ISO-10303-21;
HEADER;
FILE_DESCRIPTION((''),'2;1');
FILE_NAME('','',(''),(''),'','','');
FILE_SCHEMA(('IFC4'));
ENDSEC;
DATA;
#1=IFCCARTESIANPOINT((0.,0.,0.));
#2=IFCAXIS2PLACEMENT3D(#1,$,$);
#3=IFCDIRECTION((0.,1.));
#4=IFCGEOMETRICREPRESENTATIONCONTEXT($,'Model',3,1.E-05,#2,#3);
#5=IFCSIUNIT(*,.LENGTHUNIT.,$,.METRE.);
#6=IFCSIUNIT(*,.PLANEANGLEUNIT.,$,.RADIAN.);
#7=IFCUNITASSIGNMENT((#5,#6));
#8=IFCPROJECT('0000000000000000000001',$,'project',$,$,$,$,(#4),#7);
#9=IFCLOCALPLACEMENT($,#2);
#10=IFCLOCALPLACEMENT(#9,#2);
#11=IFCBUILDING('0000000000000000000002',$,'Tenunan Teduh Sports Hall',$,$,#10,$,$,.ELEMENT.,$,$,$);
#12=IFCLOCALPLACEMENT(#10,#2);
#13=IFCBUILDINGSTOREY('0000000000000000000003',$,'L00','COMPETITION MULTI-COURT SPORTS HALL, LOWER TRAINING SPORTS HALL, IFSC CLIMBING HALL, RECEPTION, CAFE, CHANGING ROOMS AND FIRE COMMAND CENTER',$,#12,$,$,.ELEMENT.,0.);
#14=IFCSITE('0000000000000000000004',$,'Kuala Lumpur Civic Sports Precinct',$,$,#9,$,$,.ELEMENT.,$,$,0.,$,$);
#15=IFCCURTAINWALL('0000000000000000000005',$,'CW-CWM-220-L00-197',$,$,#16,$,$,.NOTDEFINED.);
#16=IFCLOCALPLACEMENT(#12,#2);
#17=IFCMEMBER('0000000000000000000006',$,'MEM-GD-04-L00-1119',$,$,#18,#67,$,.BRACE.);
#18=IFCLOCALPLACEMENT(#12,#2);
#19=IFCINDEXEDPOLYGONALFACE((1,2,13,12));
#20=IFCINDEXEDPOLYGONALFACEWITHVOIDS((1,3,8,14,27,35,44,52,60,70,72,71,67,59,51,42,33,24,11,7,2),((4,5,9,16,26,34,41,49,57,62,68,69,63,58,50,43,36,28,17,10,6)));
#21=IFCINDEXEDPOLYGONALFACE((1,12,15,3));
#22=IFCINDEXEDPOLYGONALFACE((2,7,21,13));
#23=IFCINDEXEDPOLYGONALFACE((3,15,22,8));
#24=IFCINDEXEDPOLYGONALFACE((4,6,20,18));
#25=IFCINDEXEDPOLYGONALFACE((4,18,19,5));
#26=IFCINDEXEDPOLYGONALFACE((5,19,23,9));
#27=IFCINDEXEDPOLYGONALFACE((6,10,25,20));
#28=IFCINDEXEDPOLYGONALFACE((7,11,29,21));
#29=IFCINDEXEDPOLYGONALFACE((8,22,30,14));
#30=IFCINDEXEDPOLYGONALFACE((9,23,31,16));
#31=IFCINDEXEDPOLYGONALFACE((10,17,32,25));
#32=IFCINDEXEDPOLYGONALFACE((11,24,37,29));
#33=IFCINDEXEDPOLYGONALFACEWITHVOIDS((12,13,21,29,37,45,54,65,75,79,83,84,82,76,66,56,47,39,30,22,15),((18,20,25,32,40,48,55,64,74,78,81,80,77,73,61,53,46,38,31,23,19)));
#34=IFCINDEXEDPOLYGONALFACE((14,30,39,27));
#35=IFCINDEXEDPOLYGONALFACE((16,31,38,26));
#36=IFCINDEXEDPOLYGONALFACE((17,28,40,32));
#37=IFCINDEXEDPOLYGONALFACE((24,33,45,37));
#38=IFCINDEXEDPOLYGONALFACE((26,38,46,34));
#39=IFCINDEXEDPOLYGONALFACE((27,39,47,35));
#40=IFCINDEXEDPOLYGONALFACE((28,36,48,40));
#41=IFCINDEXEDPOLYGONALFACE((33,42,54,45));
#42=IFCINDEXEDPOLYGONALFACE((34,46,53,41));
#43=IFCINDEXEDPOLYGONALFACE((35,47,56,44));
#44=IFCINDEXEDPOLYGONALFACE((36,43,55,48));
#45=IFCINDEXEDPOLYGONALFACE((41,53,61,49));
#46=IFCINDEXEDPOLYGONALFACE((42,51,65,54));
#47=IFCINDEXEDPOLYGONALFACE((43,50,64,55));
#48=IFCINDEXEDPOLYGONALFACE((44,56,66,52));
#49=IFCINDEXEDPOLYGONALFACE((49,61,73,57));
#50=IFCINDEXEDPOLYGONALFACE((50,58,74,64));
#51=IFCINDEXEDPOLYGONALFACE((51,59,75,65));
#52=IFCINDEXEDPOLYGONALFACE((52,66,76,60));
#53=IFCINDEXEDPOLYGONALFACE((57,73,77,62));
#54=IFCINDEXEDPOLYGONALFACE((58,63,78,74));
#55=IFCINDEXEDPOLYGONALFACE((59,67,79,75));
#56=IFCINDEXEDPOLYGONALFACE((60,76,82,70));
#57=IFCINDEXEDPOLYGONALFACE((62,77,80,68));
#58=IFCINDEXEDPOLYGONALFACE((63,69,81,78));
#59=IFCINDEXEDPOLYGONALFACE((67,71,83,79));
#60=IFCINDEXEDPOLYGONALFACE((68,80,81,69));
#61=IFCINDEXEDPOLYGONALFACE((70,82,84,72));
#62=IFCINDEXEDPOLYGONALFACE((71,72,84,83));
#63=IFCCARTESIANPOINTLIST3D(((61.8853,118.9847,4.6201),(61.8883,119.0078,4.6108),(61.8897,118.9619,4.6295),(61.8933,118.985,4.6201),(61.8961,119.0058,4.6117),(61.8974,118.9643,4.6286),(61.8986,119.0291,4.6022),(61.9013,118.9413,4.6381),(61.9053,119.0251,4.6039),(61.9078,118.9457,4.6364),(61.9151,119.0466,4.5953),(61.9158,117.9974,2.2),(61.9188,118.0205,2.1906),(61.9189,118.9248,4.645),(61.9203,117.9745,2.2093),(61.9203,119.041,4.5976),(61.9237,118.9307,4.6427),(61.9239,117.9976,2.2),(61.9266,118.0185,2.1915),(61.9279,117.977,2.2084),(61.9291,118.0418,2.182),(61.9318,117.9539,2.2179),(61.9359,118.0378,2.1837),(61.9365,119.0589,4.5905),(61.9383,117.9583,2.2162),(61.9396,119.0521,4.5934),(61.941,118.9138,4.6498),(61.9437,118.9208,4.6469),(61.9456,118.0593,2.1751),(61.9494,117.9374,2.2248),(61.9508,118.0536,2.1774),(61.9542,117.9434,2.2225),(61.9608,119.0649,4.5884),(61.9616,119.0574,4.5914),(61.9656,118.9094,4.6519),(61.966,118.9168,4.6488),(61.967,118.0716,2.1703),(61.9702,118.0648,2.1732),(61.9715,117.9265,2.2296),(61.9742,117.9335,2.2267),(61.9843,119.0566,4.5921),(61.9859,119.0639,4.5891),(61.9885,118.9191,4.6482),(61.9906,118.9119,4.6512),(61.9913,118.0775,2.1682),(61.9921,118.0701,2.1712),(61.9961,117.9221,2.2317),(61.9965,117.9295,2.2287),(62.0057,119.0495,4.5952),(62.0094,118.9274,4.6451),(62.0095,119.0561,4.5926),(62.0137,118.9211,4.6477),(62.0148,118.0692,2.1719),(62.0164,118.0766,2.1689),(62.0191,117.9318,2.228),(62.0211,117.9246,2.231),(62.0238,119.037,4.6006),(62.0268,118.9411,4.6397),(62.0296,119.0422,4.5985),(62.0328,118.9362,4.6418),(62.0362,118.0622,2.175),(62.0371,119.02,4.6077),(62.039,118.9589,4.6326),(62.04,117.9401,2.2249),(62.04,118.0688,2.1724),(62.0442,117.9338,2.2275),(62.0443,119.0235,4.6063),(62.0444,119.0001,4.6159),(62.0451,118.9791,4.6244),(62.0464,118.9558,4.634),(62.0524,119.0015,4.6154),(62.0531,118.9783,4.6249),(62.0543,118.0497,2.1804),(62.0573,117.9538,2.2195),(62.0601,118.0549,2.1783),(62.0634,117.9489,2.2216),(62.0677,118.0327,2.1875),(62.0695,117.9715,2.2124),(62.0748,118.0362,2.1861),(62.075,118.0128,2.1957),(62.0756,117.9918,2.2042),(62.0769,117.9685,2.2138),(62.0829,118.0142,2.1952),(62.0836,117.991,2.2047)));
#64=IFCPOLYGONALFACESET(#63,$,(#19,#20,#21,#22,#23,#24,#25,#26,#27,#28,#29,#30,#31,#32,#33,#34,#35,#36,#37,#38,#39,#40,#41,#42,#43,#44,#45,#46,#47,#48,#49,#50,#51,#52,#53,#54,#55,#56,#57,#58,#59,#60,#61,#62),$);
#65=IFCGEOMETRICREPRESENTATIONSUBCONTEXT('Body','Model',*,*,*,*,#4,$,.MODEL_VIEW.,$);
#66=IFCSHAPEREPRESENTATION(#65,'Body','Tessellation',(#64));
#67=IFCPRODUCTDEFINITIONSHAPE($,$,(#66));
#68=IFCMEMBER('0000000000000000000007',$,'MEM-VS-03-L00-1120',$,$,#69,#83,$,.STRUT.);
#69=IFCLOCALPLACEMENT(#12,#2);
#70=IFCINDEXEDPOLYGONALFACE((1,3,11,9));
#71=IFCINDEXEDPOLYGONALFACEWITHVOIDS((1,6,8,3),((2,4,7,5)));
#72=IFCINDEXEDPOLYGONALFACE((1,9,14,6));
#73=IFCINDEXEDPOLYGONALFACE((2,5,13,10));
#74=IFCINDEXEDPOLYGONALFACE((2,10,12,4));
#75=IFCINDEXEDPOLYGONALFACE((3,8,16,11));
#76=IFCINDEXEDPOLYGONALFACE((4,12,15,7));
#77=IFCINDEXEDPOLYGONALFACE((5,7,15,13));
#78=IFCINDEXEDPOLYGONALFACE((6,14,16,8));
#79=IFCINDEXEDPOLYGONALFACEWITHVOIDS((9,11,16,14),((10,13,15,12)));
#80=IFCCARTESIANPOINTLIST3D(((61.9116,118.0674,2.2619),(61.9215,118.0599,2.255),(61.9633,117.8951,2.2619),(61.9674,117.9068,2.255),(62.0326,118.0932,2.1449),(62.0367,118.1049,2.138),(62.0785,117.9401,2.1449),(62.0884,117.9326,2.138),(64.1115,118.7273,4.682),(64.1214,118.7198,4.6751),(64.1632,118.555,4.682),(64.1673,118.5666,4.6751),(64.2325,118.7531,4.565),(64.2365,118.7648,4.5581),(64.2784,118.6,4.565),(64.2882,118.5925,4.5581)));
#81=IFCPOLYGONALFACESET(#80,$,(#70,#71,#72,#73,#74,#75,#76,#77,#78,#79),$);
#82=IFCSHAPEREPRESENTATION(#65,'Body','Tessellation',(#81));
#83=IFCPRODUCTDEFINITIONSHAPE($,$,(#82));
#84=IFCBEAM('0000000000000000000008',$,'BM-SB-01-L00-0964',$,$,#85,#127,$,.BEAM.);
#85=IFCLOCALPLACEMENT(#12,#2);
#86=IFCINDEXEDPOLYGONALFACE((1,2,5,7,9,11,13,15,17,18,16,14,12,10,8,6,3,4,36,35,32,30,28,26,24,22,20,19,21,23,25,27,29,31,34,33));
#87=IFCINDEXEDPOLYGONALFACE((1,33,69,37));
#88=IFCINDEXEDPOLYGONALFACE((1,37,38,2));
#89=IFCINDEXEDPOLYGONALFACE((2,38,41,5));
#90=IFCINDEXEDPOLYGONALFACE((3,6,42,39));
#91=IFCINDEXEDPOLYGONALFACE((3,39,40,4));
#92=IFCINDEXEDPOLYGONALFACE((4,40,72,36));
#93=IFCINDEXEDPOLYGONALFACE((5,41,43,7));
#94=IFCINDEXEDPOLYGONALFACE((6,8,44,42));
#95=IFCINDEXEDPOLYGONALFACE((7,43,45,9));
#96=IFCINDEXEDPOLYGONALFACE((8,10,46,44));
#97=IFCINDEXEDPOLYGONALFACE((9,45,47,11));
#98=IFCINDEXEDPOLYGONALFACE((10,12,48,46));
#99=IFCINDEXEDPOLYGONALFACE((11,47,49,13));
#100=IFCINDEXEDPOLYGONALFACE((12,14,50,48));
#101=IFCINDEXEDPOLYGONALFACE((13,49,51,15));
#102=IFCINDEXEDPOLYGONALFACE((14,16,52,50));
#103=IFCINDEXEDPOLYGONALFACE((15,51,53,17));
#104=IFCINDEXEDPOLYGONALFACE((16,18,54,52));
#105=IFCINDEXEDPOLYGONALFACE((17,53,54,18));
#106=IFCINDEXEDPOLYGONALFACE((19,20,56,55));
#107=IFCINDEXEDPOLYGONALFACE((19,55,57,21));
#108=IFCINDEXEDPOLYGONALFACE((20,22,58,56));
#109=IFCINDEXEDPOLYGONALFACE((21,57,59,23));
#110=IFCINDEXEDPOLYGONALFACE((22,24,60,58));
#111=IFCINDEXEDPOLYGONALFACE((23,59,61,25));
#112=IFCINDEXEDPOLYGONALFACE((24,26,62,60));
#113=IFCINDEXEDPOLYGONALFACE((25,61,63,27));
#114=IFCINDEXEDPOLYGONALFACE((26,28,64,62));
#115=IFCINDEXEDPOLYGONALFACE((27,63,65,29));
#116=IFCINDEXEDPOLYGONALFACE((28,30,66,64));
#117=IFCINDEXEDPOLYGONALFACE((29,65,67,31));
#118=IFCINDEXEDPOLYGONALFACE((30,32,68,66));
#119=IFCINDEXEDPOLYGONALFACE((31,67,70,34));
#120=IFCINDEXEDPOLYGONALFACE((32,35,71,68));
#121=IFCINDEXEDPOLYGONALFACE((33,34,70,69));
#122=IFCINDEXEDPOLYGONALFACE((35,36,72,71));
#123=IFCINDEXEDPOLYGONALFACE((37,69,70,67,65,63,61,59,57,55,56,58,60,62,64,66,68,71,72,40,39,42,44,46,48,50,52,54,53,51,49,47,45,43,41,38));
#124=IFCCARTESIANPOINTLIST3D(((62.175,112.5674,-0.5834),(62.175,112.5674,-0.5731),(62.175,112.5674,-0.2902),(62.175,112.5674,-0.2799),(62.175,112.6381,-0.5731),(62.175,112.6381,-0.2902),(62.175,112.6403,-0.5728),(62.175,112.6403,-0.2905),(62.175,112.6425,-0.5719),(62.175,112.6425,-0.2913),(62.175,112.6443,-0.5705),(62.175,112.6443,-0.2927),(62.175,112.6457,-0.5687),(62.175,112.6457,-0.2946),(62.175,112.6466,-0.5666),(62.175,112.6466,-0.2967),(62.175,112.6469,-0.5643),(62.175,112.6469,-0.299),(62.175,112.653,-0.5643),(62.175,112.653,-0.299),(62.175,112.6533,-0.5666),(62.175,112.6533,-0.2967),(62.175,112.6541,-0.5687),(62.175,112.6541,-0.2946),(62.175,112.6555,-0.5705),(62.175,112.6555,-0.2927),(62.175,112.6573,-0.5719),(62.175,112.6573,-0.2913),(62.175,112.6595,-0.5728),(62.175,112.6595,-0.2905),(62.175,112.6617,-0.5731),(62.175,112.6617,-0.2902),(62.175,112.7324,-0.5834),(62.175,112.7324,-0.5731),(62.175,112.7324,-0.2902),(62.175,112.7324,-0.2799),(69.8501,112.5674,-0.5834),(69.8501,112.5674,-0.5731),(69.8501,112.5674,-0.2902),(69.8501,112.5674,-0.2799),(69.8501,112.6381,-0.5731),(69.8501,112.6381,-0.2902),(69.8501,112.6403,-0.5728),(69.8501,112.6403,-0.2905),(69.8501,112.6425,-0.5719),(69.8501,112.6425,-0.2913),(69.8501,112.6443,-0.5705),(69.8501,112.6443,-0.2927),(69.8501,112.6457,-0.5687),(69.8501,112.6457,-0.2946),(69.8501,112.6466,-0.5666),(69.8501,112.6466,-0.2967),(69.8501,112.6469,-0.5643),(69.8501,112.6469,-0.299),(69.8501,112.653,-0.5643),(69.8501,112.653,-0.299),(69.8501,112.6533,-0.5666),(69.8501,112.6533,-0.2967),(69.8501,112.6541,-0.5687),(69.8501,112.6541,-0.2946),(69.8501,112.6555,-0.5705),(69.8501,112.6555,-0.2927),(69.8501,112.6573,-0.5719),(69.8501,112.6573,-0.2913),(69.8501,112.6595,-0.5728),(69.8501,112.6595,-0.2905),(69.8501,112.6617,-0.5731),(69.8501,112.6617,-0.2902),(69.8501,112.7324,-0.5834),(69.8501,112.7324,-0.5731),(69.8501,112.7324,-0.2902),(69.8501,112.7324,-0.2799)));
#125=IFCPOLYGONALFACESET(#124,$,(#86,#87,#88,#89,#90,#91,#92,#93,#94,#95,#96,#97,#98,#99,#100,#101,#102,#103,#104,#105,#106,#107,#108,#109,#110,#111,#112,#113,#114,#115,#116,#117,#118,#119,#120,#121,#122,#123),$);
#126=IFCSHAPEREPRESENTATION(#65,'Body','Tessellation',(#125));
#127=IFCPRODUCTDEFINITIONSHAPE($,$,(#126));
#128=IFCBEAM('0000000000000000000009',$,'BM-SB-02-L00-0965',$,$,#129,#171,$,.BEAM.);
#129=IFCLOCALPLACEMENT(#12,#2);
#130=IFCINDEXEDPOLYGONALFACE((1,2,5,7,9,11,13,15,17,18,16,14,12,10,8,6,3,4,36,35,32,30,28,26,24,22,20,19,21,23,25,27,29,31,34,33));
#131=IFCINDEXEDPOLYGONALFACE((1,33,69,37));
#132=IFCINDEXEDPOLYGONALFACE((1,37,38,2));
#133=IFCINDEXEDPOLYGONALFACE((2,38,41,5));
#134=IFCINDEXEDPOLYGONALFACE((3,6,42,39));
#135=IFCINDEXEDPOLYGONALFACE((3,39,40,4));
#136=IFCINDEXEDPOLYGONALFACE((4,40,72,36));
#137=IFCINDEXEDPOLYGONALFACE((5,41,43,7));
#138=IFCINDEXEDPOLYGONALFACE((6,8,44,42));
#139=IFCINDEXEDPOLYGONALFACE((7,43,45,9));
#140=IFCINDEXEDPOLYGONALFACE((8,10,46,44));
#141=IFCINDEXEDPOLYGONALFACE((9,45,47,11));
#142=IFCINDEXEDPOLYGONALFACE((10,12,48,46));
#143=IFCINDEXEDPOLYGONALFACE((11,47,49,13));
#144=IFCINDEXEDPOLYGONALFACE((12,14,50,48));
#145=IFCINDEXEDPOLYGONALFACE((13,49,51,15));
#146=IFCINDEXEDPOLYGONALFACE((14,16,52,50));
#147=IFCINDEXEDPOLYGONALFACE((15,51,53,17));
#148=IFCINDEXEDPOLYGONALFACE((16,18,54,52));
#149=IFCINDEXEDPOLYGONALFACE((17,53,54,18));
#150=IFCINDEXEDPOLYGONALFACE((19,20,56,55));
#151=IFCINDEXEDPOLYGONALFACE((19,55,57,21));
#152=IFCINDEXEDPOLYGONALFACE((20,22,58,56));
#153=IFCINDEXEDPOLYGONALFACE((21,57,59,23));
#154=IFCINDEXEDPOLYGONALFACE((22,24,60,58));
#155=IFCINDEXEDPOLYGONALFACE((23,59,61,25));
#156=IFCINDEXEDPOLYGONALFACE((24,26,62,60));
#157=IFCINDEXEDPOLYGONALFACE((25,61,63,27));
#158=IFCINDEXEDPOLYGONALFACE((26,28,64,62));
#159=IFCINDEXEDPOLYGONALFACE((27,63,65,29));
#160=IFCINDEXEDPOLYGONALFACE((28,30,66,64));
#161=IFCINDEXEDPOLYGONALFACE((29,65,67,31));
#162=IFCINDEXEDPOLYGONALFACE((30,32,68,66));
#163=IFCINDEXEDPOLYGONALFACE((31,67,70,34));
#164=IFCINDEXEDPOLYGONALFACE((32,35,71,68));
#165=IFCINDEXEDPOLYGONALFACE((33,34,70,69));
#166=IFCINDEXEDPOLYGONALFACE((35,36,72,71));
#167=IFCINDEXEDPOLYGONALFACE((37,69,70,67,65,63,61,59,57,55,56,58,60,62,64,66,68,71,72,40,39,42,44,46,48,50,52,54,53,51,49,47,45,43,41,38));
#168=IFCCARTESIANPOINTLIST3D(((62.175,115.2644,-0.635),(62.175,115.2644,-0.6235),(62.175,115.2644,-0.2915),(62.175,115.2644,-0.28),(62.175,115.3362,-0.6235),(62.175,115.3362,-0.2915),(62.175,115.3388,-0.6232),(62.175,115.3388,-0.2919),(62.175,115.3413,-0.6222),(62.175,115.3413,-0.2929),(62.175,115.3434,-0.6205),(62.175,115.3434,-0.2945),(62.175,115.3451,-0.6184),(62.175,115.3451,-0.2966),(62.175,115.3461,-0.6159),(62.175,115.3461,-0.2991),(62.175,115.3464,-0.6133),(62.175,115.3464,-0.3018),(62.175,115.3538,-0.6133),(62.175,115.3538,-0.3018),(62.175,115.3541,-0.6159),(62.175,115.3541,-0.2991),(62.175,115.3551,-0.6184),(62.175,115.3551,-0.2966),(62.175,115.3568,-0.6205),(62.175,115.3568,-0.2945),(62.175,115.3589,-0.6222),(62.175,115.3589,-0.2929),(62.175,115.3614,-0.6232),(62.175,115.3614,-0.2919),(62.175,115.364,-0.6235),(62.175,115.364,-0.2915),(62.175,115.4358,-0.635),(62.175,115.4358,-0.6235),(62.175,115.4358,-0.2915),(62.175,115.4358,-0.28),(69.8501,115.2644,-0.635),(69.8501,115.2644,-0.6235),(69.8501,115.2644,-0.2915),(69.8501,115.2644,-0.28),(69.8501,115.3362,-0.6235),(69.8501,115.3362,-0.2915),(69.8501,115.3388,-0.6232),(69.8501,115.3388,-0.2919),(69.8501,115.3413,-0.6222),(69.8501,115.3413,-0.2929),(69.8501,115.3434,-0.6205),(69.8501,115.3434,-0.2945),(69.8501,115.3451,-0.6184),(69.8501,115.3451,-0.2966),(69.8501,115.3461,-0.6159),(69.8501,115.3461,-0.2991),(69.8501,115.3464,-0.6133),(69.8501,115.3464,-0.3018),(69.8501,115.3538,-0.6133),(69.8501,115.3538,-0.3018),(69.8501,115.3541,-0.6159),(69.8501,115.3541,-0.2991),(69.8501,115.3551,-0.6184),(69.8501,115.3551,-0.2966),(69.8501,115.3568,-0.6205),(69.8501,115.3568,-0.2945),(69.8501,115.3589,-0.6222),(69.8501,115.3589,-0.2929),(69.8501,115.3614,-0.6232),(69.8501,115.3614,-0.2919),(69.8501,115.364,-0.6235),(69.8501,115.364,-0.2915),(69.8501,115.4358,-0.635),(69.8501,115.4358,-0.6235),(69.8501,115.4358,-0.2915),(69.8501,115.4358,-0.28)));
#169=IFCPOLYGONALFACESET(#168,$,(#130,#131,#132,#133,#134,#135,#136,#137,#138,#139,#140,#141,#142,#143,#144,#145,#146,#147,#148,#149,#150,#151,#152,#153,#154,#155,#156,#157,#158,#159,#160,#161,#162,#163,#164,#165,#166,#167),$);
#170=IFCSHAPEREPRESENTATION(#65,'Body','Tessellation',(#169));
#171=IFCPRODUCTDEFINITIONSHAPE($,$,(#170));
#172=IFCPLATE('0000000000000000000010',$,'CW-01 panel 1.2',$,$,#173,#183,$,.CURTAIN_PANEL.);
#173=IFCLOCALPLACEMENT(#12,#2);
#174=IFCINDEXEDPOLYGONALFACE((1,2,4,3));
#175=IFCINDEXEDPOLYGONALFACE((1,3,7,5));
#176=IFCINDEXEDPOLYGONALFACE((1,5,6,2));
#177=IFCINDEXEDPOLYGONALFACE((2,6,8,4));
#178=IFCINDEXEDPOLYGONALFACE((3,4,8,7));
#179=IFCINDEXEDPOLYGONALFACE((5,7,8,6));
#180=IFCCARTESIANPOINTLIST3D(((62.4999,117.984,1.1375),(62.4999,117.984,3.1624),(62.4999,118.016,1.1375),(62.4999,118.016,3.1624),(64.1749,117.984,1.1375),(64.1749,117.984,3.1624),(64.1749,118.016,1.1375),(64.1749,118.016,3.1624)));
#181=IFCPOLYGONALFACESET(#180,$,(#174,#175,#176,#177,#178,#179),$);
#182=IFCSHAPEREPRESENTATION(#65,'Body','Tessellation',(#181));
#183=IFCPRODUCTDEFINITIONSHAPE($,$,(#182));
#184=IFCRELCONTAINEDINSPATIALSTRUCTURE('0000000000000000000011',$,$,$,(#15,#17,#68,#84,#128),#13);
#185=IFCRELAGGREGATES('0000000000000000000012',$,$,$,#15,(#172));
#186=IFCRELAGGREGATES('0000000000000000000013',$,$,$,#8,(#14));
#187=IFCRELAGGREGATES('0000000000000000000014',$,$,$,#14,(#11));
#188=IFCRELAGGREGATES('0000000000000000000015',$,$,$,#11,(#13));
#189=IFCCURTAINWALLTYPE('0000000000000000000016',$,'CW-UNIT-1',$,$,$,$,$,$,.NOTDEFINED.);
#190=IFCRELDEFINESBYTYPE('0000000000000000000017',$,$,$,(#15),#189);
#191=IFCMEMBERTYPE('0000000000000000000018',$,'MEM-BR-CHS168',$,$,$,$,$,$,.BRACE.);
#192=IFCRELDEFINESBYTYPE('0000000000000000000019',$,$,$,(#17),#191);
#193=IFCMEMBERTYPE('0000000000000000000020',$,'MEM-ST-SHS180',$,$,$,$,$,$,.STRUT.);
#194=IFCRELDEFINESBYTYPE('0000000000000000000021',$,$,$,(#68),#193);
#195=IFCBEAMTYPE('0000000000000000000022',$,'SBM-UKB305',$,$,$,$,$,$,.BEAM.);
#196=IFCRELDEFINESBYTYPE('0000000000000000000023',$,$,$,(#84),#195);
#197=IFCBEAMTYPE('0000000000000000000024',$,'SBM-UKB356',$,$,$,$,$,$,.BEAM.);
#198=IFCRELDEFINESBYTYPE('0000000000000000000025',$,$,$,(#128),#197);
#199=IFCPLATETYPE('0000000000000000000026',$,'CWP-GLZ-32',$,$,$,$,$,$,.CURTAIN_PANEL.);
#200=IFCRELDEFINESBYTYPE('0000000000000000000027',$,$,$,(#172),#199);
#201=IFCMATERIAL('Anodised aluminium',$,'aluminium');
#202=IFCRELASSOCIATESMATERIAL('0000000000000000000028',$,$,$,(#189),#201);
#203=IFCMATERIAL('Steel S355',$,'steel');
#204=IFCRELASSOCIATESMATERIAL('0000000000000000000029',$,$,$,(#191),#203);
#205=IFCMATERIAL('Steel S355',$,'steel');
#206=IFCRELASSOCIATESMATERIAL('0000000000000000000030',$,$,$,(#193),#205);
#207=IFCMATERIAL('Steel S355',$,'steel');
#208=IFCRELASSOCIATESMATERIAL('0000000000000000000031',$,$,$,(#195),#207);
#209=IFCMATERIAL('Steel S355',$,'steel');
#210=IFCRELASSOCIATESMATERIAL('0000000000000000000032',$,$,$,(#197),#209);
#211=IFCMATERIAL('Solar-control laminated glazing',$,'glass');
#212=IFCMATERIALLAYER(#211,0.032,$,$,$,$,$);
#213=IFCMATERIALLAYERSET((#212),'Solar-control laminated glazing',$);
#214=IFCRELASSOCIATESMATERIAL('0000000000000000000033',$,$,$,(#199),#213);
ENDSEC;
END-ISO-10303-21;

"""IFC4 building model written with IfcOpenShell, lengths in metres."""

from ifc_helpers import new_model, si_unit, direction, frame, origin, origin_2d, place, context, subcontext, project, spatial, rectangle, hollow_rectangle, hollow_circle, i_section, extrude, material, layer, layer_set, material_profile, profile_set, type_object, element, aggregate, save


model = new_model("IFC4")

# Units and contexts
model_context = context("Model", 3, precision=1e-05, world=origin(), true_north=direction((0.0, 1.0)))
body_context = subcontext(model_context, "Body", "Model", "MODEL_VIEW")
ifc_project = project(units=[si_unit("LENGTHUNIT", "METRE"), si_unit("PLANEANGLEUNIT", "RADIAN")], contexts=[model_context])

# Site, building, storey
site_placement = place(None, origin())
site = spatial("IfcSite", under=ifc_project, at=site_placement, Name="Kuala Lumpur Civic Sports Precinct", CompositionType="ELEMENT", RefElevation=0.0)
building_placement = place(site_placement, origin())
building = spatial("IfcBuilding", under=site, at=building_placement, Name="Tenunan Teduh Sports Hall", CompositionType="ELEMENT")
storey_placement = place(building_placement, origin())
storey = spatial("IfcBuildingStorey", under=building, at=storey_placement, Name="L00", Description="COMPETITION MULTI-COURT SPORTS HALL, LOWER TRAINING SPORTS HALL, IFSC CLIMBING HALL, RECEPTION, CAFE, CHANGING ROOMS AND FIRE COMMAND CENTER", CompositionType="ELEMENT", Elevation=0.0)

# Curtain wall
ifc_material_1 = material(Name="Anodised aluminium", Category="aluminium")
curtain_wall_type = type_object("IfcCurtainWallType", Name="CW-UNIT-1", PredefinedType="NOTDEFINED", material=ifc_material_1)
curtain_wall_placement = place(storey_placement, origin())
curtain_wall = element("IfcCurtainWall", 1, at=curtain_wall_placement, inside=storey, type_object=curtain_wall_type, Name="CW-CWM-220-L00-197", PredefinedType="NOTDEFINED")

# Members
ifc_material_2 = material(Name="Steel S355", Category="steel")
ifc_material_profile_1 = material_profile(ifc_material_2, hollow_circle(Radius=0.0842, WallThickness=0.0081, at=origin_2d()), Name="CHS 168.3x8.0")
ifc_profile_set_1 = profile_set([ifc_material_profile_1], Name="Steel S355")
member_type_1 = type_object("IfcMemberType", Name="MEM-BR-CHS168", PredefinedType="BRACE", material=ifc_profile_set_1)
member_1_placement = place(storey_placement, frame((62.0, 118.0, 2.2), z_axis=(-0.011675, 0.377701, 0.925854), x_axis=(-0.999523, -0.030895, 0.0)))
element("IfcMember", 2, at=member_1_placement, inside=storey, type_object=member_type_1, Name="MEM-GD-04-L00-1119", PredefinedType="BRACE", context=body_context, shape_type="SweptSolid", body=[
    extrude(hollow_circle(Radius=0.0842, WallThickness=0.0081, at=origin_2d()), origin(), (0.0, 0.0, 1.0), 2.614),
])
ifc_material_3 = material(Name="Steel S355", Category="steel")
ifc_material_profile_2 = material_profile(ifc_material_3, hollow_rectangle(XDim=0.1799, YDim=0.1799, WallThickness=0.01, at=origin_2d()), Name="SHS 180x180x10.0")
ifc_profile_set_2 = profile_set([ifc_material_profile_2], Name="Steel S355")
member_type_2 = type_object("IfcMemberType", Name="MEM-ST-SHS180", PredefinedType="STRUT", material=ifc_profile_set_2)
member_2_placement = place(storey_placement, frame((62.0, 118.0, 2.2), z_axis=(0.659352, 0.197784, 0.725353), x_axis=(-0.287319, 0.957835, 0.0)))
element("IfcMember", 3, at=member_2_placement, inside=storey, type_object=member_type_2, Name="MEM-VS-03-L00-1120", PredefinedType="STRUT", context=body_context, shape_type="SweptSolid", body=[
    extrude(hollow_rectangle(XDim=0.1799, YDim=0.1799, WallThickness=0.01, at=origin_2d()), origin(), (0.0, 0.0, 1.0), 3.3364),
])

# Beams
ifc_material_4 = material(Name="Steel S355", Category="steel")
ifc_material_profile_3 = material_profile(ifc_material_4, i_section(OverallWidth=0.165, OverallDepth=0.3035, WebThickness=0.0061, FlangeThickness=0.0103, FilletRadius=0.0088, at=origin_2d()), Name="UKB 305x165x40")
ifc_profile_set_3 = profile_set([ifc_material_profile_3], Name="Steel S355")
beam_type_1 = type_object("IfcBeamType", Name="SBM-UKB305", PredefinedType="BEAM", material=ifc_profile_set_3)
beam_1_placement = place(storey_placement, frame((62.175, 112.6499, -0.4316), z_axis=(1.0, 0.0, 0.0), x_axis=(0.0, 1.0, 0.0)))
element("IfcBeam", 4, at=beam_1_placement, inside=storey, type_object=beam_type_1, Name="BM-SB-01-L00-0964", PredefinedType="BEAM", context=body_context, shape_type="SweptSolid", body=[
    extrude(i_section(OverallWidth=0.165, OverallDepth=0.3035, WebThickness=0.0061, FlangeThickness=0.0103, FilletRadius=0.0088, at=origin_2d()), origin(), (0.0, 0.0, 1.0), 7.675),
])
ifc_material_5 = material(Name="Steel S355", Category="steel")
ifc_material_profile_4 = material_profile(ifc_material_5, i_section(OverallWidth=0.1714, OverallDepth=0.355, WebThickness=0.0073, FlangeThickness=0.0115, FilletRadius=0.0103, at=origin_2d()), Name="UKB 356x171x51")
ifc_profile_set_4 = profile_set([ifc_material_profile_4], Name="Steel S355")
beam_type_2 = type_object("IfcBeamType", Name="SBM-UKB356", PredefinedType="BEAM", material=ifc_profile_set_4)
beam_2_placement = place(storey_placement, frame((62.175, 115.3501, -0.4575), z_axis=(1.0, 0.0, 0.0), x_axis=(0.0, 1.0, 0.0)))
element("IfcBeam", 5, at=beam_2_placement, inside=storey, type_object=beam_type_2, Name="BM-SB-02-L00-0965", PredefinedType="BEAM", context=body_context, shape_type="SweptSolid", body=[
    extrude(i_section(OverallWidth=0.1714, OverallDepth=0.355, WebThickness=0.0073, FlangeThickness=0.0115, FilletRadius=0.0103, at=origin_2d()), origin(), (0.0, 0.0, 1.0), 7.675),
])

# Plate
ifc_material_6 = material(Name="Solar-control laminated glazing", Category="glass")
ifc_layer_1 = layer(ifc_material_6, 0.032)
ifc_layer_set_1 = layer_set([ifc_layer_1], Name="Solar-control laminated glazing")
plate_type_1 = type_object("IfcPlateType", Name="CWP-GLZ-32", PredefinedType="CURTAIN_PANEL", material=ifc_layer_set_1)
plate_1_placement = place(storey_placement, frame((63.3374, 118.0, 1.1375), z_axis=(0.0, 0.0, 1.0), x_axis=(1.0, 0.0, 0.0)))
plate_1 = element("IfcPlate", 6, at=plate_1_placement, type_object=plate_type_1, Name="CW-01 panel 1.2", PredefinedType="CURTAIN_PANEL", context=body_context, shape_type="SweptSolid", body=[
    extrude(rectangle(XDim=1.675, YDim=0.032, at=origin_2d()), origin(), (0.0, 0.0, 1.0), 2.0249),
])
aggregate(curtain_wall, [plate_1])

save(model, "model.ifc")
